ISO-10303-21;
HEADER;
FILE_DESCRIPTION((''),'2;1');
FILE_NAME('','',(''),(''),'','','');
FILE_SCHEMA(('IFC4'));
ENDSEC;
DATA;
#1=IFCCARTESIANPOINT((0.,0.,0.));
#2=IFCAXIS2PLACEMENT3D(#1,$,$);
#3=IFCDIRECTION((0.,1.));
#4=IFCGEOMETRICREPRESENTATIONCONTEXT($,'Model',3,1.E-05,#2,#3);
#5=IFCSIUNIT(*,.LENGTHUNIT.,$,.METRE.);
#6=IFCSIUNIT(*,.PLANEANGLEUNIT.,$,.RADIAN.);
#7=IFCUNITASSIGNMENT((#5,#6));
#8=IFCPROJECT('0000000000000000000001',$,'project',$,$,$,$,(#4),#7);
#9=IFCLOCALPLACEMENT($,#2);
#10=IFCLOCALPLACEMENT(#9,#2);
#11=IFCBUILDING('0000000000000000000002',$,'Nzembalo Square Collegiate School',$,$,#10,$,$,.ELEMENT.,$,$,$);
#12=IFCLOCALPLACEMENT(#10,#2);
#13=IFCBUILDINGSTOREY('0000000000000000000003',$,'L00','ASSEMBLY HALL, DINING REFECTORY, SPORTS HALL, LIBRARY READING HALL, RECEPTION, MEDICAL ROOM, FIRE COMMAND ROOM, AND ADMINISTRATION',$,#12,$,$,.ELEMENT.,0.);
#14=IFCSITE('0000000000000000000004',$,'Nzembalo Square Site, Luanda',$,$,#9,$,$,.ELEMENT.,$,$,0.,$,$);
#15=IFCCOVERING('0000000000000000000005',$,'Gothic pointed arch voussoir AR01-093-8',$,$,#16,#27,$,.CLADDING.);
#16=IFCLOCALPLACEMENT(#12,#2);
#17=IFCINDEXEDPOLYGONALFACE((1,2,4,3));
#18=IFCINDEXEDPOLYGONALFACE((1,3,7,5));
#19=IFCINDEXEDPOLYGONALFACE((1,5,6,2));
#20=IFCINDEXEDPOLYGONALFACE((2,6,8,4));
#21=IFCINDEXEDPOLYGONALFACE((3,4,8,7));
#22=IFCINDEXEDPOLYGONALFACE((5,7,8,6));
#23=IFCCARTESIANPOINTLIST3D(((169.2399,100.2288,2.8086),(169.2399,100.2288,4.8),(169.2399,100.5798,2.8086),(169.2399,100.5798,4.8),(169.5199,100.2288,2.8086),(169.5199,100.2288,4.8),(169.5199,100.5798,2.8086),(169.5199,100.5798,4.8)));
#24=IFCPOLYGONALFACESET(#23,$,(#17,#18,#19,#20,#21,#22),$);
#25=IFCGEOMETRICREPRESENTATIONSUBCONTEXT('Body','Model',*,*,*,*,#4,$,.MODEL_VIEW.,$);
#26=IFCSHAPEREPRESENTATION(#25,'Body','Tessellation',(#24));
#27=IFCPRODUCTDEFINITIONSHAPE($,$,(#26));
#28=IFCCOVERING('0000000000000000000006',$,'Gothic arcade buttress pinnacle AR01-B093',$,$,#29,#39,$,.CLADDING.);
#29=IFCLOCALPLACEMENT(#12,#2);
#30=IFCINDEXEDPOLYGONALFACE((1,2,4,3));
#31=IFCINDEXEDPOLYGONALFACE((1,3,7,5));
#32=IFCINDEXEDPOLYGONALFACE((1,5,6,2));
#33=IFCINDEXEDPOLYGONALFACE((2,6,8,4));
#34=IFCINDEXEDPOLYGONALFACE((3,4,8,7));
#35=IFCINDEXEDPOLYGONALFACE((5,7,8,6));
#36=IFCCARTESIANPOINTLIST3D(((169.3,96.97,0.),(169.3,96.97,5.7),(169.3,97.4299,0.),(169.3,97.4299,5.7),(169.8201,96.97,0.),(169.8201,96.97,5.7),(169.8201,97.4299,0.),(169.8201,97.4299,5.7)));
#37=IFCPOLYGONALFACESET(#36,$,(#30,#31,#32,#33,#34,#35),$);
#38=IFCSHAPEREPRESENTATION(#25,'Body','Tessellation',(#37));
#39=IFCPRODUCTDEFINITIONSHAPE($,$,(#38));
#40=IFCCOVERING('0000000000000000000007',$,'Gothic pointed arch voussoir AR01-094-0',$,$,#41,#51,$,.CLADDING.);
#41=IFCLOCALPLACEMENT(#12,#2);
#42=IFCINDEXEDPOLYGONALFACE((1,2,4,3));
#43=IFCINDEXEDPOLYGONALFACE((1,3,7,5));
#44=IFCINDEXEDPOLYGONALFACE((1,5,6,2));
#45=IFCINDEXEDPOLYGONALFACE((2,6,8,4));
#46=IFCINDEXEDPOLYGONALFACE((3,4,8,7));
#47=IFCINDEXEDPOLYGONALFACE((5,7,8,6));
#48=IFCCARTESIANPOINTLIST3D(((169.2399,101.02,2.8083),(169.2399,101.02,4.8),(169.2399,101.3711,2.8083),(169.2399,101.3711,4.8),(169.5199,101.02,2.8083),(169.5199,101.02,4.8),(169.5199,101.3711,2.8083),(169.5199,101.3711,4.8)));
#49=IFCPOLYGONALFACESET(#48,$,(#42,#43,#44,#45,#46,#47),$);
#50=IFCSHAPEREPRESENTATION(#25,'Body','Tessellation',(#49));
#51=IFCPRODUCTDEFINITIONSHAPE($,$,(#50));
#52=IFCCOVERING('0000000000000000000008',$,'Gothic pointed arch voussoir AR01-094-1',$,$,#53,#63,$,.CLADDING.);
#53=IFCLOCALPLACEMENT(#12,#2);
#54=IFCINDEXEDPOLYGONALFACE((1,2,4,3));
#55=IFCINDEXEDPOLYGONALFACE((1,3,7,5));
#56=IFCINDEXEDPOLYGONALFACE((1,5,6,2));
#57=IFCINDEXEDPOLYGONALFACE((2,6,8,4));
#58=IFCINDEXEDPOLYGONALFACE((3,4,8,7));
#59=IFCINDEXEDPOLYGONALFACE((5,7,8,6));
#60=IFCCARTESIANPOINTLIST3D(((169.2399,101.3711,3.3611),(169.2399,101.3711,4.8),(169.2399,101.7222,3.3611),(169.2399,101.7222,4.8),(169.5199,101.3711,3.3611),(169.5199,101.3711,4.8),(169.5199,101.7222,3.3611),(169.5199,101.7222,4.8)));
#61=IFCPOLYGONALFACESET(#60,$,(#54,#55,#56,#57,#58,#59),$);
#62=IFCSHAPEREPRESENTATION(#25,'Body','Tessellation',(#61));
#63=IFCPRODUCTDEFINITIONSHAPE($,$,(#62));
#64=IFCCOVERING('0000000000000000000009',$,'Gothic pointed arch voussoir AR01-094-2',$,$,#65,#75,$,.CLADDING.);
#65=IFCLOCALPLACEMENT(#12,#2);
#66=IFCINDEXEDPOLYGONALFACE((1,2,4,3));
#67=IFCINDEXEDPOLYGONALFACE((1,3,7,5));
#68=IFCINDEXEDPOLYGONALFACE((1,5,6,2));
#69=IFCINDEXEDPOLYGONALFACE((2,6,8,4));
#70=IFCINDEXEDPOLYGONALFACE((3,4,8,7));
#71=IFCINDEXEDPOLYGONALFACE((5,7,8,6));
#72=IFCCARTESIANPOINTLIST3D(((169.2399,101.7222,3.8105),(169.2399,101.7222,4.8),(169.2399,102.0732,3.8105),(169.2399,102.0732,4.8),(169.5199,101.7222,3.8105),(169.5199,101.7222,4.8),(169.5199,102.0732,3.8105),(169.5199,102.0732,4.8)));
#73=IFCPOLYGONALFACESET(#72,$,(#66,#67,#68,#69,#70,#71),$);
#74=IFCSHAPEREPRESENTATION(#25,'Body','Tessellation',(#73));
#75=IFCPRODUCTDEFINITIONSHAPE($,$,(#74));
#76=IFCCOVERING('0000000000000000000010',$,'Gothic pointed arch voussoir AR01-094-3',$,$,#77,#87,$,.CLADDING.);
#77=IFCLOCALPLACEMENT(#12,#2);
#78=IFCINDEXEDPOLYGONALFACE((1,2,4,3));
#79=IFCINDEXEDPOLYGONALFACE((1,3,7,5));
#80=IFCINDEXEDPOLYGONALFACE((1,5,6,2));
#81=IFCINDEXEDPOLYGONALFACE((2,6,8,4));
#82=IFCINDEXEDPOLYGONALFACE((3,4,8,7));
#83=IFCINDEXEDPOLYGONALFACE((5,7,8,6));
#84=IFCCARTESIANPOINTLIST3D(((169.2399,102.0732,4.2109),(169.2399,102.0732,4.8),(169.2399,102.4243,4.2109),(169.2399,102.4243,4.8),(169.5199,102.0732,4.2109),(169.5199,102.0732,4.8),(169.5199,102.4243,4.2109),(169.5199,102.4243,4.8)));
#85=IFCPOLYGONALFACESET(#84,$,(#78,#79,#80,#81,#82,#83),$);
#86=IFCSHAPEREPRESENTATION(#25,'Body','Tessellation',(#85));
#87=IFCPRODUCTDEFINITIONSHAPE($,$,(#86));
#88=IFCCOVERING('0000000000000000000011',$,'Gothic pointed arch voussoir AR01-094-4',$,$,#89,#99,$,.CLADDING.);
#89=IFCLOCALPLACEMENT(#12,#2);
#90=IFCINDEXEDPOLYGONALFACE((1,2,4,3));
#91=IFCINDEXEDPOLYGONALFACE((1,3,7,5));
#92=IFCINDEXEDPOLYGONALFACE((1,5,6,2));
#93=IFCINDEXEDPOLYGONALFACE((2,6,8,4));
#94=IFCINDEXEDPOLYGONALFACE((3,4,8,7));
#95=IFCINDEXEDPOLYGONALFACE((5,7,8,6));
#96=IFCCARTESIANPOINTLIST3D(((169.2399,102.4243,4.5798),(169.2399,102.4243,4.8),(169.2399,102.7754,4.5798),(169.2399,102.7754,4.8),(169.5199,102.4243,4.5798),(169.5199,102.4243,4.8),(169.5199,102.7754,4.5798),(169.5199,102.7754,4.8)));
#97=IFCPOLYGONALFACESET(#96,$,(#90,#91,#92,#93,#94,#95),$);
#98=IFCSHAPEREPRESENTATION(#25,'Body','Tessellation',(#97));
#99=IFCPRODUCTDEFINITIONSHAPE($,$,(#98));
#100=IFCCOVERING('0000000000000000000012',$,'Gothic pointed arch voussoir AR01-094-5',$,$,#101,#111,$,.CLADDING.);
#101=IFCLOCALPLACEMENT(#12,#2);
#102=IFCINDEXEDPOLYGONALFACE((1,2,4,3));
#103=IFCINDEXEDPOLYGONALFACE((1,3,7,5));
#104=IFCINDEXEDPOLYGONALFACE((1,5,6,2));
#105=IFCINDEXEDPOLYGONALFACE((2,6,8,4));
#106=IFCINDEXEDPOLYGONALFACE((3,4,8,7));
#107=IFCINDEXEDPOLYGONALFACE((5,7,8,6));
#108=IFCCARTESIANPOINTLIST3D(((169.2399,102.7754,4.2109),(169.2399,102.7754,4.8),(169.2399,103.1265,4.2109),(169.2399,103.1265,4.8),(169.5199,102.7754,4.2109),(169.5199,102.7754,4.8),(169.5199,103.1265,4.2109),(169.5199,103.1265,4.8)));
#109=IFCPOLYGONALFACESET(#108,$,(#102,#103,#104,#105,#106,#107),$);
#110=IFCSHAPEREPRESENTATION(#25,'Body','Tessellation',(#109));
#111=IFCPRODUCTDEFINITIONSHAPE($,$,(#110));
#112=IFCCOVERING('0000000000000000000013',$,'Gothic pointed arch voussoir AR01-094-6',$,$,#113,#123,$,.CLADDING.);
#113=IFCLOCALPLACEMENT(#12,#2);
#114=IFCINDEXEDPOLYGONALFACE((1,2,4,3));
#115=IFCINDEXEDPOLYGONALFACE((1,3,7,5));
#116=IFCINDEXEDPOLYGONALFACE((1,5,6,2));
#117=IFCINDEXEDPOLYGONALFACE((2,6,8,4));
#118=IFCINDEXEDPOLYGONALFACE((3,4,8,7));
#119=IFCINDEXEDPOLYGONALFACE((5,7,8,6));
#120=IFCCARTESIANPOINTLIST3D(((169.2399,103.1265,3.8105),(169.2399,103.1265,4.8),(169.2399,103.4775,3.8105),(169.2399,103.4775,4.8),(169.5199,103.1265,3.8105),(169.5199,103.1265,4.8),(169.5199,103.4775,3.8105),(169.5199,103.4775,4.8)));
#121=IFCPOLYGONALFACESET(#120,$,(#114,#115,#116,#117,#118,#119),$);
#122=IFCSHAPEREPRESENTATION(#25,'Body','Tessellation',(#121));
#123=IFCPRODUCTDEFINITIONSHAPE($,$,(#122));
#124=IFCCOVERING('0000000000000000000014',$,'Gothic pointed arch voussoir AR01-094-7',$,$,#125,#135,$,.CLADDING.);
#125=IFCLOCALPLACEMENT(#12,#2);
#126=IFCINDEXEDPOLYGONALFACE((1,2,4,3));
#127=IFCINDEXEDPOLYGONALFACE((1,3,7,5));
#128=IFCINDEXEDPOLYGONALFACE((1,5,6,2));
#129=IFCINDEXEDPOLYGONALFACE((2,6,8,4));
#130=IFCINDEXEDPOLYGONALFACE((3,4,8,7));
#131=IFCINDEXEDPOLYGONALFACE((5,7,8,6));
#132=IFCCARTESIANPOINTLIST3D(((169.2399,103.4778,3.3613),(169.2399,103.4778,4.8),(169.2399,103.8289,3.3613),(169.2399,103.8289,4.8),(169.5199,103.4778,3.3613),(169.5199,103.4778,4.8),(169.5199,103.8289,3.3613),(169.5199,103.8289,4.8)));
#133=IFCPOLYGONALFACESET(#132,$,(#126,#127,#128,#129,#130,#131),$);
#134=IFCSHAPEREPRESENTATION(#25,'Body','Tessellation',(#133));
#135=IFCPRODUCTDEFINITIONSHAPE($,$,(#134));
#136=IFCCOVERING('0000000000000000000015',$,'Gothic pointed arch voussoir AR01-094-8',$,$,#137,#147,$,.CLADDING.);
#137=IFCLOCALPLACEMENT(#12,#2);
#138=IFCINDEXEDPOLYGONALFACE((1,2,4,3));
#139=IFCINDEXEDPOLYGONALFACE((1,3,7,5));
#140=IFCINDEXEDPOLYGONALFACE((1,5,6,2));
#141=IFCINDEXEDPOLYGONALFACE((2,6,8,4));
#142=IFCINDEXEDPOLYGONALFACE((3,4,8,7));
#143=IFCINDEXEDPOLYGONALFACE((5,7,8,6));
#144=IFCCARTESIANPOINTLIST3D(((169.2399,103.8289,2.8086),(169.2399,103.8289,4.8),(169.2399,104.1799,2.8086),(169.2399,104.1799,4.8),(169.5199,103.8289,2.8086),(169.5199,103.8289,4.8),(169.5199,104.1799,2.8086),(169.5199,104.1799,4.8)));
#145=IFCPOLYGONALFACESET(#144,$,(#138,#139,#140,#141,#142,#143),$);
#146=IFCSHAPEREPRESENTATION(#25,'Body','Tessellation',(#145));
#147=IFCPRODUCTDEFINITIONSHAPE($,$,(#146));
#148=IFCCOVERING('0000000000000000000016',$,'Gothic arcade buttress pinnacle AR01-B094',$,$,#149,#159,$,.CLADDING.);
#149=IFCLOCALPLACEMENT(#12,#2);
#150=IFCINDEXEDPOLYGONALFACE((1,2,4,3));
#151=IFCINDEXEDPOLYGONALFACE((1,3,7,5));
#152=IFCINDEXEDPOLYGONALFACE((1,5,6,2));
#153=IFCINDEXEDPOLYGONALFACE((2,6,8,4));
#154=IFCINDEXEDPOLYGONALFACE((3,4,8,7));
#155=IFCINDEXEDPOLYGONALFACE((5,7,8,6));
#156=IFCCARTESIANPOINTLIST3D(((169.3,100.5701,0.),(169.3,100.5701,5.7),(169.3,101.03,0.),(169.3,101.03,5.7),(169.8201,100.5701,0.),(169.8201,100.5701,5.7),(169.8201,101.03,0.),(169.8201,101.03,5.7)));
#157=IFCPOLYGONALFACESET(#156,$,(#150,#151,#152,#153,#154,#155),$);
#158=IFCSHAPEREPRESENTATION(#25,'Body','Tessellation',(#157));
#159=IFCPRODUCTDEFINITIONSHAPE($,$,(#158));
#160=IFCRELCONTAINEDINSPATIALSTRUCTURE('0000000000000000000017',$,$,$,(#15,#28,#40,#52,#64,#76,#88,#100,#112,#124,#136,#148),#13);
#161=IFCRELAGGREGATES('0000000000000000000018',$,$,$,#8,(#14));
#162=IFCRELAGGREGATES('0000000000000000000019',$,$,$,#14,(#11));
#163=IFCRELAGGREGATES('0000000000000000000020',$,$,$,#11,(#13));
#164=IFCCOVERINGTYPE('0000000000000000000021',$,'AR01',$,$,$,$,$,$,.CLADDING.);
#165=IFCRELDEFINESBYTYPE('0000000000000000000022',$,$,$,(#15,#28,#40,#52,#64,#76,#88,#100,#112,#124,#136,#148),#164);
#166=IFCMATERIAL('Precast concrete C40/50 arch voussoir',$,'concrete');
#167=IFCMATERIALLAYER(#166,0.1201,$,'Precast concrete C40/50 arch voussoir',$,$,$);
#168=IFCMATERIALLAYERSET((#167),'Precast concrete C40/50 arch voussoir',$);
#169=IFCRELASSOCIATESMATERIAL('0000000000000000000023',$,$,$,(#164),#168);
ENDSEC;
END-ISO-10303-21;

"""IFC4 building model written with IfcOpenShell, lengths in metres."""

from ifc_helpers import new_model, si_unit, direction, frame, origin, origin_2d, place, context, subcontext, project, spatial, rectangle, extrude, material, layer, layer_set, type_object, element, save


model = new_model("IFC4")

# Units and contexts
model_context = context("Model", 3, precision=1e-05, world=origin(), true_north=direction((0.0, 1.0)))
body_context = subcontext(model_context, "Body", "Model", "MODEL_VIEW")
ifc_project = project(units=[si_unit("LENGTHUNIT", "METRE"), si_unit("PLANEANGLEUNIT", "RADIAN")], contexts=[model_context])

# Site, building, storey
site_placement = place(None, origin())
site = spatial("IfcSite", under=ifc_project, at=site_placement, Name="Nzembalo Square Site, Luanda", CompositionType="ELEMENT", RefElevation=0.0)
building_placement = place(site_placement, origin())
building = spatial("IfcBuilding", under=site, at=building_placement, Name="Nzembalo Square Collegiate School", CompositionType="ELEMENT")
storey_placement = place(building_placement, origin())
storey = spatial("IfcBuildingStorey", under=building, at=storey_placement, Name="L00", Description="ASSEMBLY HALL, DINING REFECTORY, SPORTS HALL, LIBRARY READING HALL, RECEPTION, MEDICAL ROOM, FIRE COMMAND ROOM, AND ADMINISTRATION", CompositionType="ELEMENT", Elevation=0.0)

# Coverings
ifc_material_1 = material(Name="Precast concrete C40/50 arch voussoir", Category="concrete")
ifc_layer_1 = layer(ifc_material_1, 0.1201, Name="Precast concrete C40/50 arch voussoir")
ifc_layer_set_1 = layer_set([ifc_layer_1], Name="Precast concrete C40/50 arch voussoir")
covering_type = type_object("IfcCoveringType", Name="AR01", PredefinedType="CLADDING", material=ifc_layer_set_1)
covering_1_placement = place(storey_placement, frame((169.3799, 100.4043, 2.8086), z_axis=(0.0, 0.0, 1.0), x_axis=(1.0, 0.0, 0.0)))
element("IfcCovering", 1, at=covering_1_placement, inside=storey, type_object=covering_type, Name="Gothic pointed arch voussoir AR01-093-8", PredefinedType="CLADDING", context=body_context, shape_type="SweptSolid", body=[
    extrude(rectangle(XDim=0.28, YDim=0.3511, at=origin_2d()), origin(), (0.0, 0.0, 1.0), 1.9915),
])
covering_2_placement = place(storey_placement, frame((169.5601, 97.2, 0.0), z_axis=(0.0, 0.0, 1.0), x_axis=(1.0, 0.0, 0.0)))
element("IfcCovering", 2, at=covering_2_placement, inside=storey, type_object=covering_type, Name="Gothic arcade buttress pinnacle AR01-B093", PredefinedType="CLADDING", context=body_context, shape_type="SweptSolid", body=[
    extrude(rectangle(XDim=0.52, YDim=0.46, at=origin_2d()), origin(), (0.0, 0.0, 1.0), 5.7),
])
covering_3_placement = place(storey_placement, frame((169.3799, 101.1956, 2.8083), z_axis=(0.0, 0.0, 1.0), x_axis=(1.0, 0.0, 0.0)))
element("IfcCovering", 3, at=covering_3_placement, inside=storey, type_object=covering_type, Name="Gothic pointed arch voussoir AR01-094-0", PredefinedType="CLADDING", context=body_context, shape_type="SweptSolid", body=[
    extrude(rectangle(XDim=0.28, YDim=0.3511, at=origin_2d()), origin(), (0.0, 0.0, 1.0), 1.9917),
])
covering_4_placement = place(storey_placement, frame((169.3799, 101.5466, 3.3611), z_axis=(0.0, 0.0, 1.0), x_axis=(1.0, 0.0, 0.0)))
element("IfcCovering", 4, at=covering_4_placement, inside=storey, type_object=covering_type, Name="Gothic pointed arch voussoir AR01-094-1", PredefinedType="CLADDING", context=body_context, shape_type="SweptSolid", body=[
    extrude(rectangle(XDim=0.28, YDim=0.3511, at=origin_2d()), origin(), (0.0, 0.0, 1.0), 1.439),
])
covering_5_placement = place(storey_placement, frame((169.3799, 101.8977, 3.8105), z_axis=(0.0, 0.0, 1.0), x_axis=(1.0, 0.0, 0.0)))
element("IfcCovering", 5, at=covering_5_placement, inside=storey, type_object=covering_type, Name="Gothic pointed arch voussoir AR01-094-2", PredefinedType="CLADDING", context=body_context, shape_type="SweptSolid", body=[
    extrude(rectangle(XDim=0.28, YDim=0.3511, at=origin_2d()), origin(), (0.0, 0.0, 1.0), 0.9895),
])
covering_6_placement = place(storey_placement, frame((169.3799, 102.2488, 4.2109), z_axis=(0.0, 0.0, 1.0), x_axis=(1.0, 0.0, 0.0)))
element("IfcCovering", 6, at=covering_6_placement, inside=storey, type_object=covering_type, Name="Gothic pointed arch voussoir AR01-094-3", PredefinedType="CLADDING", context=body_context, shape_type="SweptSolid", body=[
    extrude(rectangle(XDim=0.28, YDim=0.3511, at=origin_2d()), origin(), (0.0, 0.0, 1.0), 0.5891),
])
covering_7_placement = place(storey_placement, frame((169.3799, 102.5999, 4.5798), z_axis=(0.0, 0.0, 1.0), x_axis=(1.0, 0.0, 0.0)))
element("IfcCovering", 7, at=covering_7_placement, inside=storey, type_object=covering_type, Name="Gothic pointed arch voussoir AR01-094-4", PredefinedType="CLADDING", context=body_context, shape_type="SweptSolid", body=[
    extrude(rectangle(XDim=0.28, YDim=0.3511, at=origin_2d()), origin(), (0.0, 0.0, 1.0), 0.2202),
])
covering_8_placement = place(storey_placement, frame((169.3799, 102.9509, 4.2109), z_axis=(0.0, 0.0, 1.0), x_axis=(1.0, 0.0, 0.0)))
element("IfcCovering", 8, at=covering_8_placement, inside=storey, type_object=covering_type, Name="Gothic pointed arch voussoir AR01-094-5", PredefinedType="CLADDING", context=body_context, shape_type="SweptSolid", body=[
    extrude(rectangle(XDim=0.28, YDim=0.3511, at=origin_2d()), origin(), (0.0, 0.0, 1.0), 0.5891),
])
covering_9_placement = place(storey_placement, frame((169.3799, 103.302, 3.8105), z_axis=(0.0, 0.0, 1.0), x_axis=(1.0, 0.0, 0.0)))
element("IfcCovering", 9, at=covering_9_placement, inside=storey, type_object=covering_type, Name="Gothic pointed arch voussoir AR01-094-6", PredefinedType="CLADDING", context=body_context, shape_type="SweptSolid", body=[
    extrude(rectangle(XDim=0.28, YDim=0.3511, at=origin_2d()), origin(), (0.0, 0.0, 1.0), 0.9895),
])
covering_10_placement = place(storey_placement, frame((169.3799, 103.6533, 3.3613), z_axis=(0.0, 0.0, 1.0), x_axis=(1.0, 0.0, 0.0)))
element("IfcCovering", 10, at=covering_10_placement, inside=storey, type_object=covering_type, Name="Gothic pointed arch voussoir AR01-094-7", PredefinedType="CLADDING", context=body_context, shape_type="SweptSolid", body=[
    extrude(rectangle(XDim=0.28, YDim=0.3511, at=origin_2d()), origin(), (0.0, 0.0, 1.0), 1.4387),
])
covering_11_placement = place(storey_placement, frame((169.3799, 104.0044, 2.8086), z_axis=(0.0, 0.0, 1.0), x_axis=(1.0, 0.0, 0.0)))
element("IfcCovering", 11, at=covering_11_placement, inside=storey, type_object=covering_type, Name="Gothic pointed arch voussoir AR01-094-8", PredefinedType="CLADDING", context=body_context, shape_type="SweptSolid", body=[
    extrude(rectangle(XDim=0.28, YDim=0.3511, at=origin_2d()), origin(), (0.0, 0.0, 1.0), 1.9915),
])
covering_12_placement = place(storey_placement, frame((169.5601, 100.8, 0.0), z_axis=(0.0, 0.0, 1.0), x_axis=(1.0, 0.0, 0.0)))
element("IfcCovering", 12, at=covering_12_placement, inside=storey, type_object=covering_type, Name="Gothic arcade buttress pinnacle AR01-B094", PredefinedType="CLADDING", context=body_context, shape_type="SweptSolid", body=[
    extrude(rectangle(XDim=0.52, YDim=0.46, at=origin_2d()), origin(), (0.0, 0.0, 1.0), 5.7),
])

save(model, "model.ifc")
